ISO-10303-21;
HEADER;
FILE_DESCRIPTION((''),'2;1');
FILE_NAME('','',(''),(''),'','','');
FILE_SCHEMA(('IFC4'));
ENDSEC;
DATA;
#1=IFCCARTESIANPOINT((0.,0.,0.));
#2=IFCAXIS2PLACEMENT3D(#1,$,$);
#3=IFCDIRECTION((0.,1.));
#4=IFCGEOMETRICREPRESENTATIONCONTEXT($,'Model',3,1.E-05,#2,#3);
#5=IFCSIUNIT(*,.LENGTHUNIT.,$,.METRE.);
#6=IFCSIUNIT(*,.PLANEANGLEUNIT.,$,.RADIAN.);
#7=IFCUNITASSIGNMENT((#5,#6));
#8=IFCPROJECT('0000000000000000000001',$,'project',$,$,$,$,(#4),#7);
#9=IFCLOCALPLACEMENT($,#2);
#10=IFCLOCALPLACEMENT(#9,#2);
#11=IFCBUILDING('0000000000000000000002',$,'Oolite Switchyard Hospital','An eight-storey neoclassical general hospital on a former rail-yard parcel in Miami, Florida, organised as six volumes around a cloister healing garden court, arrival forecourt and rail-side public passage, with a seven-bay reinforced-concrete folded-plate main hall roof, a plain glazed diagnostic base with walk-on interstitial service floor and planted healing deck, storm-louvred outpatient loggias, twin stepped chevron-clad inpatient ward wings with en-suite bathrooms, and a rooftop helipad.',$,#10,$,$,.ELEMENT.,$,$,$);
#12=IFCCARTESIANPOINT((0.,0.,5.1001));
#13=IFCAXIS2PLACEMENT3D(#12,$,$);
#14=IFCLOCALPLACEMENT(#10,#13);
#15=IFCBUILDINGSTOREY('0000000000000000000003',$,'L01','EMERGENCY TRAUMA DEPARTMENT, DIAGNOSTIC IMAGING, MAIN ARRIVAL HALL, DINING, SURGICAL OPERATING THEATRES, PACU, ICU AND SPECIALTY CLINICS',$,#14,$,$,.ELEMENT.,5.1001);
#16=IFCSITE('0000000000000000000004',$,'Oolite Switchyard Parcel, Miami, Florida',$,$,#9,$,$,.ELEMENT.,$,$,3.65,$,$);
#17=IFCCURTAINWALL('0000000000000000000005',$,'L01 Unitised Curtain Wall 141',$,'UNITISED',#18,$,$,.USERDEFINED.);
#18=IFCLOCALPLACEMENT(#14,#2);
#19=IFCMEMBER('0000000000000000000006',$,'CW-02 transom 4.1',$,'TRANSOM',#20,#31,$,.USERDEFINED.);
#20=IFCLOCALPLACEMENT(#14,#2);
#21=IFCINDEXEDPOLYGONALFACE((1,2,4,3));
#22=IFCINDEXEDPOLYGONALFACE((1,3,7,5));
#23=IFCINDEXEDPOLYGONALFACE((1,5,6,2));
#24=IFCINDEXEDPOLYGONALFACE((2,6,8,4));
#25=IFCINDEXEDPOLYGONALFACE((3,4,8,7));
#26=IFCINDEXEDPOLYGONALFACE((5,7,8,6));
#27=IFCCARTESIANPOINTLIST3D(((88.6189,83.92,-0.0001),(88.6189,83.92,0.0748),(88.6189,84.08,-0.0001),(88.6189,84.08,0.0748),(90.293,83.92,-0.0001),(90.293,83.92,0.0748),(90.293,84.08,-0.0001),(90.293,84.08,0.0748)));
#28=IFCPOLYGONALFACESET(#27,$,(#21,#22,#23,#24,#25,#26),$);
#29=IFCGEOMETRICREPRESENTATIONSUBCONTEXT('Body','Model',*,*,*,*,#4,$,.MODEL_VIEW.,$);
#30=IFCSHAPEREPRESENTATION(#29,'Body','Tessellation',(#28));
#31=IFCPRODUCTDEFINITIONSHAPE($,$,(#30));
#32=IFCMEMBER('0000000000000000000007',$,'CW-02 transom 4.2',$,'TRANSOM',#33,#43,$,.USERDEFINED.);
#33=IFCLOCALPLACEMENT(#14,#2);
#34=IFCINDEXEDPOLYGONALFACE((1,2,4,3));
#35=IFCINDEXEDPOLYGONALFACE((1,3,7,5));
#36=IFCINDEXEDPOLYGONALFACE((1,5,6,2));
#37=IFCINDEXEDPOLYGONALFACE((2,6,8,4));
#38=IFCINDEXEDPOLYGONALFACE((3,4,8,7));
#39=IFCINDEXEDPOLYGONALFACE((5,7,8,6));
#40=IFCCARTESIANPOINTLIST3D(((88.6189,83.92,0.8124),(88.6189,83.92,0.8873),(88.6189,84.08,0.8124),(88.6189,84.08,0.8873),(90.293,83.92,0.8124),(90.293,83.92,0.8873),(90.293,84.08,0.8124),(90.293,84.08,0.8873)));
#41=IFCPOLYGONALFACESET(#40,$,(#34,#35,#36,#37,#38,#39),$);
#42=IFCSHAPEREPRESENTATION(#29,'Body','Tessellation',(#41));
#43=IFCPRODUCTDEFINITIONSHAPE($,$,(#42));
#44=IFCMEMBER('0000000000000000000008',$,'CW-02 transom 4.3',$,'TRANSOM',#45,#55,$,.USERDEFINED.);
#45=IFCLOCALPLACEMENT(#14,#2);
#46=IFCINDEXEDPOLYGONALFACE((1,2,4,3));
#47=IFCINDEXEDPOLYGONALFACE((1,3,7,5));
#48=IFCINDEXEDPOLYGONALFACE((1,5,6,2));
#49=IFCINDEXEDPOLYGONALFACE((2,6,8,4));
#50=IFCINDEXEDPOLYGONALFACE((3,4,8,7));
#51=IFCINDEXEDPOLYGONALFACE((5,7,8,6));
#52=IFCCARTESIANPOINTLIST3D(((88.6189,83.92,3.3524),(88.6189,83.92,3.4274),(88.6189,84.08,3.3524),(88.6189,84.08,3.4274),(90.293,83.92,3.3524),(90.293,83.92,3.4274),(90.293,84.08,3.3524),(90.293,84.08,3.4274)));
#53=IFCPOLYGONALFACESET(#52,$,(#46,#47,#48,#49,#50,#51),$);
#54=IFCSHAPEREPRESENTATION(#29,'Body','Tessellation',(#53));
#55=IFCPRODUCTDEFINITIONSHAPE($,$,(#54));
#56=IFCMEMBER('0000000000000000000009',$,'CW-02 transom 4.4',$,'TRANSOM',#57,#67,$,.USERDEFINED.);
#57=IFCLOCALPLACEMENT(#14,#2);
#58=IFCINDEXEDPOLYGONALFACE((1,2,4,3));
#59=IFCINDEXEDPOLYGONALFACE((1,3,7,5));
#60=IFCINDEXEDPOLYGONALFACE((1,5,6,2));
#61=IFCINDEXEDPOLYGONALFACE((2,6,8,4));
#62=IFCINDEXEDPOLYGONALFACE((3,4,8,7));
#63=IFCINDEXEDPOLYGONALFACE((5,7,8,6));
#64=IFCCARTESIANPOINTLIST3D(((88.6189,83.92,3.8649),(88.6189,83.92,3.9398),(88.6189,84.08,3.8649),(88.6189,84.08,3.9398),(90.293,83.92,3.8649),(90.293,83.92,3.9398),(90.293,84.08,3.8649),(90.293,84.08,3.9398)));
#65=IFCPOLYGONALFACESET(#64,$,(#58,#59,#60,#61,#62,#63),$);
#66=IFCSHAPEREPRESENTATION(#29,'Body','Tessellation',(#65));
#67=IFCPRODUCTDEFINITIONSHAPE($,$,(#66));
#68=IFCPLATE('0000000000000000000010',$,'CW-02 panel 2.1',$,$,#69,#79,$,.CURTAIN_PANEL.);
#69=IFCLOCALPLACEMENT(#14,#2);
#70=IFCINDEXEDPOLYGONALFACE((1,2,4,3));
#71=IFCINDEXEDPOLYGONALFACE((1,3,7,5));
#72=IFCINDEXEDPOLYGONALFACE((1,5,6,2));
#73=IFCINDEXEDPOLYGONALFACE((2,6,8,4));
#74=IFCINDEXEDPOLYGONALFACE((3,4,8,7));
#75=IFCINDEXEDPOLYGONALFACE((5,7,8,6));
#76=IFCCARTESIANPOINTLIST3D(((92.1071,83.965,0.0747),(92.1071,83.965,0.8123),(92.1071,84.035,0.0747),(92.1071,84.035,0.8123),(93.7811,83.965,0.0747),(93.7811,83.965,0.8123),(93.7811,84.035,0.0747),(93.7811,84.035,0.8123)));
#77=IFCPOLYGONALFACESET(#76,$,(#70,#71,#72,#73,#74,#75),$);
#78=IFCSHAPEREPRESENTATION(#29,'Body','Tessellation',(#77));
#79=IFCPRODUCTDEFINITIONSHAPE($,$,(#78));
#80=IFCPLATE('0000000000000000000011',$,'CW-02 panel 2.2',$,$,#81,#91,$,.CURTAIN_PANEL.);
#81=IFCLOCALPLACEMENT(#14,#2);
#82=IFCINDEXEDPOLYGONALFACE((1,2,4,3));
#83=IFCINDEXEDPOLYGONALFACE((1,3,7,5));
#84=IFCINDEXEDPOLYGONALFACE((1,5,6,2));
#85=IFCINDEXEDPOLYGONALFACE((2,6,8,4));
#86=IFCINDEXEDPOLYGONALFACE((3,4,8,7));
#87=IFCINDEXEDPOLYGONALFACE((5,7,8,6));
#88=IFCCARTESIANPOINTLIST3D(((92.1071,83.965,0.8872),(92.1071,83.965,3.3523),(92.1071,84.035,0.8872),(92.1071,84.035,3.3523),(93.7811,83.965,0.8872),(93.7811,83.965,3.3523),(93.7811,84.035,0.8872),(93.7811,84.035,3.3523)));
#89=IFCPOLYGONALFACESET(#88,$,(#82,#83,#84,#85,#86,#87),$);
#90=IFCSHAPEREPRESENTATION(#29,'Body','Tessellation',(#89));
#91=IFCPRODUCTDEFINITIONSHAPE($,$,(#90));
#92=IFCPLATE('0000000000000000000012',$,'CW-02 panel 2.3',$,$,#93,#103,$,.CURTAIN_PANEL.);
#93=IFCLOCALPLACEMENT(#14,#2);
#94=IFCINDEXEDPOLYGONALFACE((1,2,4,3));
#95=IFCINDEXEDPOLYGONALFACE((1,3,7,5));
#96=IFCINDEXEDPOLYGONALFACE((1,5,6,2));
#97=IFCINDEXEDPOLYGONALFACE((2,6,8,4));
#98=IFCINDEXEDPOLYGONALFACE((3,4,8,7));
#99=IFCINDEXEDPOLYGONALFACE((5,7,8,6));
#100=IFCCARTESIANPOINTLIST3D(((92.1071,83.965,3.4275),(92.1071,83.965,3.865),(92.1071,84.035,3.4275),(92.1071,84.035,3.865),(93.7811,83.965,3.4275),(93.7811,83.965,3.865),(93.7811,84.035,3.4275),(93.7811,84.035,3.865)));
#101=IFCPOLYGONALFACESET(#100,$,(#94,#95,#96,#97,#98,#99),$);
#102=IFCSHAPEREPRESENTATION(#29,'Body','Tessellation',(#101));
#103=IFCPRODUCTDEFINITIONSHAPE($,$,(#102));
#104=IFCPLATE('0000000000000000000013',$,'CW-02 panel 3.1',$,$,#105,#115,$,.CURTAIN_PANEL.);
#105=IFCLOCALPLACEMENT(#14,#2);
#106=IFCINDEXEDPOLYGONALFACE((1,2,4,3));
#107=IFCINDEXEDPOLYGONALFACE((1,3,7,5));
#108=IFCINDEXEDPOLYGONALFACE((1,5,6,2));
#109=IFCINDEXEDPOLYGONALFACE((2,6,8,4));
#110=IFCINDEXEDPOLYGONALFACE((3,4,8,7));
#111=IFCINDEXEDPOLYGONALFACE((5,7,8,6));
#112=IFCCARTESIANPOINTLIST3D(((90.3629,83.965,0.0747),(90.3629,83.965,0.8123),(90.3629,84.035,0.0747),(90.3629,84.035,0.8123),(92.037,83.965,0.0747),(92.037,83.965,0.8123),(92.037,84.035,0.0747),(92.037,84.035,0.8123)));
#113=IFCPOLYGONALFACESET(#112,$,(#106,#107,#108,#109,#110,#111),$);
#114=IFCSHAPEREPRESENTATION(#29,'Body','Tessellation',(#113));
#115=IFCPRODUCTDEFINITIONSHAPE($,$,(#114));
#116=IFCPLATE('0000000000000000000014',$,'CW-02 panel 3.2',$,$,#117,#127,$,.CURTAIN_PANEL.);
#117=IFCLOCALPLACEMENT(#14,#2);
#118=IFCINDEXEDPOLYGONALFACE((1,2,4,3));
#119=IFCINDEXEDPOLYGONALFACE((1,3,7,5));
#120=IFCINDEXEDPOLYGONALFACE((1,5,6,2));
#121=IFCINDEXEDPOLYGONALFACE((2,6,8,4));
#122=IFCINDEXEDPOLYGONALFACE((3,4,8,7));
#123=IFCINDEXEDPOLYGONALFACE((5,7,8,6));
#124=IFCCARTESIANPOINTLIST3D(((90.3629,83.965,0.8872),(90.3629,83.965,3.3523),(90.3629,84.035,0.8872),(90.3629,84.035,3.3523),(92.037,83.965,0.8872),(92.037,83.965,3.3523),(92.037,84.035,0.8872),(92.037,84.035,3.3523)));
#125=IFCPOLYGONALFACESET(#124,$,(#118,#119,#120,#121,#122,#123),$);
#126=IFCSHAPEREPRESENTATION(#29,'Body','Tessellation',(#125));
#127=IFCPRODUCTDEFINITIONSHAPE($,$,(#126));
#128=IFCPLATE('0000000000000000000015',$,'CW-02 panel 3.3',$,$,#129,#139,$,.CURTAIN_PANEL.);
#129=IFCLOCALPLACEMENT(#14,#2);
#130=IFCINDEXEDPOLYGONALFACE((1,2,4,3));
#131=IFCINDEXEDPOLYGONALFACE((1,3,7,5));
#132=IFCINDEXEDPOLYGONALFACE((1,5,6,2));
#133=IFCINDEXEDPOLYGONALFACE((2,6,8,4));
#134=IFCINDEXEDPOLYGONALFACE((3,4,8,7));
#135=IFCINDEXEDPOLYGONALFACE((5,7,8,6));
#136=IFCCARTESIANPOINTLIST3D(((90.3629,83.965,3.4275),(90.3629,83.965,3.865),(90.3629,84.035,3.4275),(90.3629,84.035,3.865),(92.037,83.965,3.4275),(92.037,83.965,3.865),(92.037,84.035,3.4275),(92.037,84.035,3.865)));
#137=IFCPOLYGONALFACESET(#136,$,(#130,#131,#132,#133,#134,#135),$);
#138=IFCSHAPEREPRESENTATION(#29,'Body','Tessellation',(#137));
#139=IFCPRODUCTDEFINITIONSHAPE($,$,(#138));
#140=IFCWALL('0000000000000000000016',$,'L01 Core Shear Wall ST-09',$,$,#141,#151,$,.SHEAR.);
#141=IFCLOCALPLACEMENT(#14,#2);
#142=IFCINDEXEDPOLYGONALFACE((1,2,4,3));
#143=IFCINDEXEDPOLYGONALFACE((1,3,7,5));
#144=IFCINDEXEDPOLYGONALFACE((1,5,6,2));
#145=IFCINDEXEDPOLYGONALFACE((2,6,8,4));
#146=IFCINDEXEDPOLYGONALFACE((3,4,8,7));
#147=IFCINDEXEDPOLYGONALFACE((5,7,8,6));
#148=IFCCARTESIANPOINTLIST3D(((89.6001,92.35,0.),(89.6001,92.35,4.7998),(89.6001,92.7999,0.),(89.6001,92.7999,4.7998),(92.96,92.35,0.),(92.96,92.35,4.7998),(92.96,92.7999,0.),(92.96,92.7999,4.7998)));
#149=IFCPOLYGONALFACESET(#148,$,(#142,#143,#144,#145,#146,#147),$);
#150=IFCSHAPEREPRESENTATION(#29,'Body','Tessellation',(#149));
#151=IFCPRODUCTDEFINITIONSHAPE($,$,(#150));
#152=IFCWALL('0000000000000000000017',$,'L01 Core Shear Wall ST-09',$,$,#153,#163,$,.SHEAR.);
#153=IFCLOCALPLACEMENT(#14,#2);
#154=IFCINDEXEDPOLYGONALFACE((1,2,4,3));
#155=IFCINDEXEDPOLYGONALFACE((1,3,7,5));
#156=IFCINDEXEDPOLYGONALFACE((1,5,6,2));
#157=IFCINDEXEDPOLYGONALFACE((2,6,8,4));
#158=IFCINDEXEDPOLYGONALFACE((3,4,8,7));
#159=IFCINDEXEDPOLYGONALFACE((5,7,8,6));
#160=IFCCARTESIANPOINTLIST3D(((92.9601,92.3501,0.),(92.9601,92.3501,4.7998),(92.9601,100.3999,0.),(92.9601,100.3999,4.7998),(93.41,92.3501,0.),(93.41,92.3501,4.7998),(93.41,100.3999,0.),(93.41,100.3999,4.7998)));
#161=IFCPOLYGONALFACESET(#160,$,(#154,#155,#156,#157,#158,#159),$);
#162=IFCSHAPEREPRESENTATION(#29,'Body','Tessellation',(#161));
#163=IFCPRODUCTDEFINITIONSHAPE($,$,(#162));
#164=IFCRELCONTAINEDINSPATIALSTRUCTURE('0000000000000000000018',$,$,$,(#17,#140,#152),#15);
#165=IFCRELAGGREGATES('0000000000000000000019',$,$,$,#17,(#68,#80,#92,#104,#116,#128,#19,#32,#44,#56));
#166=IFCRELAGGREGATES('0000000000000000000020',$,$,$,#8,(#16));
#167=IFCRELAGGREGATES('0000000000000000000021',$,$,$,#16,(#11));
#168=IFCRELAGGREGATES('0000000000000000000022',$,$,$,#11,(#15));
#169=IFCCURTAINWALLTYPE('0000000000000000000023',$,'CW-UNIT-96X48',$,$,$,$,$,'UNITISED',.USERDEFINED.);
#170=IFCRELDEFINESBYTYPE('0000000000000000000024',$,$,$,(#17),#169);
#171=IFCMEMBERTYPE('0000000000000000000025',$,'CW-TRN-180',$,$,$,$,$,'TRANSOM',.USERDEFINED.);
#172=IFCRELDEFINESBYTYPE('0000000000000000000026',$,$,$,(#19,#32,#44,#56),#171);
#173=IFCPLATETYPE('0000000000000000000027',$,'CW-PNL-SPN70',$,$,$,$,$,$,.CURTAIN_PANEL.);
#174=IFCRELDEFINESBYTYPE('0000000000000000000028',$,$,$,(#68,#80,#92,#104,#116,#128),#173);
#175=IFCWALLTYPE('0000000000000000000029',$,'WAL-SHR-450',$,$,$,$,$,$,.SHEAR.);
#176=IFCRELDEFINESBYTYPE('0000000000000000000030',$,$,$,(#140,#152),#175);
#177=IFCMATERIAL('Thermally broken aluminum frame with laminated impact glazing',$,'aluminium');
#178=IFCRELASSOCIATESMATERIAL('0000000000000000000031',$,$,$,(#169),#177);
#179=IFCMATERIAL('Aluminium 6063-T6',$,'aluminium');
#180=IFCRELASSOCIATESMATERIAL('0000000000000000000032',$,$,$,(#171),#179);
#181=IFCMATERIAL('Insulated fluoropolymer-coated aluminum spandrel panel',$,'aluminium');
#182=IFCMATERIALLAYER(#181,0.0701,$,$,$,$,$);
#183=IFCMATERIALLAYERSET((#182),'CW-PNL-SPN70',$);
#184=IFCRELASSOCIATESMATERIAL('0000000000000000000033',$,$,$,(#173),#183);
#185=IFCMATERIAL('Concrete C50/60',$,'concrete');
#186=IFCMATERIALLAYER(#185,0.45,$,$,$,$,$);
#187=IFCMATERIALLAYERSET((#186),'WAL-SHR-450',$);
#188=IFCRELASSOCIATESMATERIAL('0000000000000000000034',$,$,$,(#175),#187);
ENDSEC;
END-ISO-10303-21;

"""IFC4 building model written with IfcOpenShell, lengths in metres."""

from ifc_helpers import new_model, si_unit, direction, frame, frame_2d, origin, origin_2d, place, context, subcontext, project, spatial, rectangle, extrude, material, layer, layer_set, material_profile, profile_set, type_object, element, aggregate, save


model = new_model("IFC4")

# Units and contexts
model_context = context("Model", 3, precision=1e-05, world=origin(), true_north=direction((0.0, 1.0)))
body_context = subcontext(model_context, "Body", "Model", "MODEL_VIEW")
ifc_project = project(units=[si_unit("LENGTHUNIT", "METRE"), si_unit("PLANEANGLEUNIT", "RADIAN")], contexts=[model_context])

# Site, building, storey
site_placement = place(None, origin())
site = spatial("IfcSite", under=ifc_project, at=site_placement, Name="Oolite Switchyard Parcel, Miami, Florida", CompositionType="ELEMENT", RefElevation=3.65)
building_placement = place(site_placement, origin())
building = spatial("IfcBuilding", under=site, at=building_placement, Name="Oolite Switchyard Hospital", Description="An eight-storey neoclassical general hospital on a former rail-yard parcel in Miami, Florida, organised as six volumes around a cloister healing garden court, arrival forecourt and rail-side public passage, with a seven-bay reinforced-concrete folded-plate main hall roof, a plain glazed diagnostic base with walk-on interstitial service floor and planted healing deck, storm-louvred outpatient loggias, twin stepped chevron-clad inpatient ward wings with en-suite bathrooms, and a rooftop helipad.", CompositionType="ELEMENT")
storey_placement = place(building_placement, frame((0.0, 0.0, 5.1001)))
storey = spatial("IfcBuildingStorey", under=building, at=storey_placement, Name="L01", Description="EMERGENCY TRAUMA DEPARTMENT, DIAGNOSTIC IMAGING, MAIN ARRIVAL HALL, DINING, SURGICAL OPERATING THEATRES, PACU, ICU AND SPECIALTY CLINICS", CompositionType="ELEMENT", Elevation=5.1001)

# Curtain wall, members, plates
ifc_material_1 = material(Name="Thermally broken aluminum frame with laminated impact glazing", Category="aluminium")
curtain_wall_type = type_object("IfcCurtainWallType", Name="CW-UNIT-96X48", ElementType="UNITISED", PredefinedType="USERDEFINED", material=ifc_material_1)
curtain_wall_placement = place(storey_placement, origin())
curtain_wall = element("IfcCurtainWall", 1, at=curtain_wall_placement, inside=storey, type_object=curtain_wall_type, Name="L01 Unitised Curtain Wall 141", ObjectType="UNITISED", PredefinedType="USERDEFINED")
ifc_material_2 = material(Name="Aluminium 6063-T6", Category="aluminium")
ifc_material_profile_1 = material_profile(ifc_material_2, rectangle(XDim=0.1599, YDim=0.075, at=origin_2d()), Name="CWT75X160")
ifc_profile_set_1 = profile_set([ifc_material_profile_1], Name="Aluminium 6063-T6")
member_type_1 = type_object("IfcMemberType", Name="CW-TRN-180", ElementType="TRANSOM", PredefinedType="USERDEFINED", material=ifc_profile_set_1)
member_1_placement = place(storey_placement, frame((90.293, 84.0, 0.0374), z_axis=(-1.0, 0.0, 0.0), x_axis=(0.0, -1.0, 0.0)))
member_1 = element("IfcMember", 2, at=member_1_placement, type_object=member_type_1, Name="CW-02 transom 4.1", ObjectType="TRANSOM", PredefinedType="USERDEFINED", context=body_context, shape_type="SweptSolid", body=[
    extrude(rectangle(XDim=0.1599, YDim=0.075, at=origin_2d()), origin(), (0.0, 0.0, 1.0), 1.6741),
])
member_2_placement = place(storey_placement, frame((90.293, 84.0, 0.8499), z_axis=(-1.0, 0.0, 0.0), x_axis=(0.0, -1.0, 0.0)))
member_2 = element("IfcMember", 3, at=member_2_placement, type_object=member_type_1, Name="CW-02 transom 4.2", ObjectType="TRANSOM", PredefinedType="USERDEFINED", context=body_context, shape_type="SweptSolid", body=[
    extrude(rectangle(XDim=0.1599, YDim=0.075, at=origin_2d()), origin(), (0.0, 0.0, 1.0), 1.6741),
])
member_3_placement = place(storey_placement, frame((90.293, 84.0, 3.3899), z_axis=(-1.0, 0.0, 0.0), x_axis=(0.0, -1.0, 0.0)))
member_3 = element("IfcMember", 4, at=member_3_placement, type_object=member_type_1, Name="CW-02 transom 4.3", ObjectType="TRANSOM", PredefinedType="USERDEFINED", context=body_context, shape_type="SweptSolid", body=[
    extrude(rectangle(XDim=0.1599, YDim=0.075, at=origin_2d()), origin(), (0.0, 0.0, 1.0), 1.6741),
])
member_4_placement = place(storey_placement, frame((90.293, 84.0, 3.9023), z_axis=(-1.0, 0.0, 0.0), x_axis=(0.0, -1.0, 0.0)))
member_4 = element("IfcMember", 5, at=member_4_placement, type_object=member_type_1, Name="CW-02 transom 4.4", ObjectType="TRANSOM", PredefinedType="USERDEFINED", context=body_context, shape_type="SweptSolid", body=[
    extrude(rectangle(XDim=0.1599, YDim=0.075, at=origin_2d()), origin(), (0.0, 0.0, 1.0), 1.6741),
])
ifc_material_3 = material(Name="Insulated fluoropolymer-coated aluminum spandrel panel", Category="aluminium")
ifc_layer_1 = layer(ifc_material_3, 0.0701)
ifc_layer_set_1 = layer_set([ifc_layer_1], Name="CW-PNL-SPN70")
plate_type = type_object("IfcPlateType", Name="CW-PNL-SPN70", PredefinedType="CURTAIN_PANEL", material=ifc_layer_set_1)
plate_1_placement = place(storey_placement, frame((92.9441, 84.0, 0.0747), z_axis=(0.0, 0.0, 1.0), x_axis=(-1.0, 0.0, 0.0)))
plate_1 = element("IfcPlate", 6, at=plate_1_placement, type_object=plate_type, Name="CW-02 panel 2.1", PredefinedType="CURTAIN_PANEL", context=body_context, shape_type="SweptSolid", body=[
    extrude(rectangle(XDim=1.6741, YDim=0.0701, at=origin_2d()), origin(), (0.0, 0.0, 1.0), 0.7375),
])
plate_2_placement = place(storey_placement, frame((92.9441, 84.0, 0.8872), z_axis=(0.0, 0.0, 1.0), x_axis=(-1.0, 0.0, 0.0)))
plate_2 = element("IfcPlate", 7, at=plate_2_placement, type_object=plate_type, Name="CW-02 panel 2.2", PredefinedType="CURTAIN_PANEL", context=body_context, shape_type="SweptSolid", body=[
    extrude(rectangle(XDim=1.6741, YDim=0.0701, at=origin_2d()), origin(), (0.0, 0.0, 1.0), 2.4651),
])
plate_3_placement = place(storey_placement, frame((92.9441, 84.0, 3.4275), z_axis=(0.0, 0.0, 1.0), x_axis=(-1.0, 0.0, 0.0)))
plate_3 = element("IfcPlate", 8, at=plate_3_placement, type_object=plate_type, Name="CW-02 panel 2.3", PredefinedType="CURTAIN_PANEL", context=body_context, shape_type="SweptSolid", body=[
    extrude(rectangle(XDim=1.6741, YDim=0.0701, at=origin_2d()), origin(), (0.0, 0.0, 1.0), 0.4375),
])
plate_4_placement = place(storey_placement, frame((91.2, 84.0, 0.0747), z_axis=(0.0, 0.0, 1.0), x_axis=(-1.0, 0.0, 0.0)))
plate_4 = element("IfcPlate", 9, at=plate_4_placement, type_object=plate_type, Name="CW-02 panel 3.1", PredefinedType="CURTAIN_PANEL", context=body_context, shape_type="SweptSolid", body=[
    extrude(rectangle(XDim=1.6741, YDim=0.0701, at=origin_2d()), origin(), (0.0, 0.0, 1.0), 0.7375),
])
plate_5_placement = place(storey_placement, frame((91.2, 84.0, 0.8872), z_axis=(0.0, 0.0, 1.0), x_axis=(-1.0, 0.0, 0.0)))
plate_5 = element("IfcPlate", 10, at=plate_5_placement, type_object=plate_type, Name="CW-02 panel 3.2", PredefinedType="CURTAIN_PANEL", context=body_context, shape_type="SweptSolid", body=[
    extrude(rectangle(XDim=1.6741, YDim=0.0701, at=origin_2d()), origin(), (0.0, 0.0, 1.0), 2.4651),
])
plate_6_placement = place(storey_placement, frame((91.2, 84.0, 3.4275), z_axis=(0.0, 0.0, 1.0), x_axis=(-1.0, 0.0, 0.0)))
plate_6 = element("IfcPlate", 11, at=plate_6_placement, type_object=plate_type, Name="CW-02 panel 3.3", PredefinedType="CURTAIN_PANEL", context=body_context, shape_type="SweptSolid", body=[
    extrude(rectangle(XDim=1.6741, YDim=0.0701, at=origin_2d()), origin(), (0.0, 0.0, 1.0), 0.4375),
])
aggregate(curtain_wall, [plate_1, plate_2, plate_3, plate_4, plate_5, plate_6, member_1, member_2, member_3, member_4])

# Walls
ifc_material_4 = material(Name="Concrete C50/60", Category="concrete")
ifc_layer_2 = layer(ifc_material_4, 0.45)
ifc_layer_set_2 = layer_set([ifc_layer_2], Name="WAL-SHR-450")
wall_type = type_object("IfcWallType", Name="WAL-SHR-450", PredefinedType="SHEAR", material=ifc_layer_set_2)
wall_1_placement = place(storey_placement, frame((89.6001, 92.575, 0.0), z_axis=(0.0, 0.0, 1.0), x_axis=(1.0, 0.0, 0.0)))
element("IfcWall", 12, at=wall_1_placement, inside=storey, type_object=wall_type, Name="L01 Core Shear Wall ST-09", PredefinedType="SHEAR", context=body_context, shape_type="SweptSolid", body=[
    extrude(rectangle(XDim=3.3599, YDim=0.45, at=frame_2d((1.6799, 0.0))), origin(), (0.0, 0.0, 1.0), 4.7998),
])
wall_2_placement = place(storey_placement, frame((93.1851, 92.3501, 0.0), z_axis=(0.0, 0.0, 1.0), x_axis=(0.0, 1.0, 0.0)))
element("IfcWall", 13, at=wall_2_placement, inside=storey, type_object=wall_type, Name="L01 Core Shear Wall ST-09", PredefinedType="SHEAR", context=body_context, shape_type="SweptSolid", body=[
    extrude(rectangle(XDim=8.0498, YDim=0.45, at=frame_2d((4.0249, 0.0))), origin(), (0.0, 0.0, 1.0), 4.7998),
])

save(model, "model.ifc")
